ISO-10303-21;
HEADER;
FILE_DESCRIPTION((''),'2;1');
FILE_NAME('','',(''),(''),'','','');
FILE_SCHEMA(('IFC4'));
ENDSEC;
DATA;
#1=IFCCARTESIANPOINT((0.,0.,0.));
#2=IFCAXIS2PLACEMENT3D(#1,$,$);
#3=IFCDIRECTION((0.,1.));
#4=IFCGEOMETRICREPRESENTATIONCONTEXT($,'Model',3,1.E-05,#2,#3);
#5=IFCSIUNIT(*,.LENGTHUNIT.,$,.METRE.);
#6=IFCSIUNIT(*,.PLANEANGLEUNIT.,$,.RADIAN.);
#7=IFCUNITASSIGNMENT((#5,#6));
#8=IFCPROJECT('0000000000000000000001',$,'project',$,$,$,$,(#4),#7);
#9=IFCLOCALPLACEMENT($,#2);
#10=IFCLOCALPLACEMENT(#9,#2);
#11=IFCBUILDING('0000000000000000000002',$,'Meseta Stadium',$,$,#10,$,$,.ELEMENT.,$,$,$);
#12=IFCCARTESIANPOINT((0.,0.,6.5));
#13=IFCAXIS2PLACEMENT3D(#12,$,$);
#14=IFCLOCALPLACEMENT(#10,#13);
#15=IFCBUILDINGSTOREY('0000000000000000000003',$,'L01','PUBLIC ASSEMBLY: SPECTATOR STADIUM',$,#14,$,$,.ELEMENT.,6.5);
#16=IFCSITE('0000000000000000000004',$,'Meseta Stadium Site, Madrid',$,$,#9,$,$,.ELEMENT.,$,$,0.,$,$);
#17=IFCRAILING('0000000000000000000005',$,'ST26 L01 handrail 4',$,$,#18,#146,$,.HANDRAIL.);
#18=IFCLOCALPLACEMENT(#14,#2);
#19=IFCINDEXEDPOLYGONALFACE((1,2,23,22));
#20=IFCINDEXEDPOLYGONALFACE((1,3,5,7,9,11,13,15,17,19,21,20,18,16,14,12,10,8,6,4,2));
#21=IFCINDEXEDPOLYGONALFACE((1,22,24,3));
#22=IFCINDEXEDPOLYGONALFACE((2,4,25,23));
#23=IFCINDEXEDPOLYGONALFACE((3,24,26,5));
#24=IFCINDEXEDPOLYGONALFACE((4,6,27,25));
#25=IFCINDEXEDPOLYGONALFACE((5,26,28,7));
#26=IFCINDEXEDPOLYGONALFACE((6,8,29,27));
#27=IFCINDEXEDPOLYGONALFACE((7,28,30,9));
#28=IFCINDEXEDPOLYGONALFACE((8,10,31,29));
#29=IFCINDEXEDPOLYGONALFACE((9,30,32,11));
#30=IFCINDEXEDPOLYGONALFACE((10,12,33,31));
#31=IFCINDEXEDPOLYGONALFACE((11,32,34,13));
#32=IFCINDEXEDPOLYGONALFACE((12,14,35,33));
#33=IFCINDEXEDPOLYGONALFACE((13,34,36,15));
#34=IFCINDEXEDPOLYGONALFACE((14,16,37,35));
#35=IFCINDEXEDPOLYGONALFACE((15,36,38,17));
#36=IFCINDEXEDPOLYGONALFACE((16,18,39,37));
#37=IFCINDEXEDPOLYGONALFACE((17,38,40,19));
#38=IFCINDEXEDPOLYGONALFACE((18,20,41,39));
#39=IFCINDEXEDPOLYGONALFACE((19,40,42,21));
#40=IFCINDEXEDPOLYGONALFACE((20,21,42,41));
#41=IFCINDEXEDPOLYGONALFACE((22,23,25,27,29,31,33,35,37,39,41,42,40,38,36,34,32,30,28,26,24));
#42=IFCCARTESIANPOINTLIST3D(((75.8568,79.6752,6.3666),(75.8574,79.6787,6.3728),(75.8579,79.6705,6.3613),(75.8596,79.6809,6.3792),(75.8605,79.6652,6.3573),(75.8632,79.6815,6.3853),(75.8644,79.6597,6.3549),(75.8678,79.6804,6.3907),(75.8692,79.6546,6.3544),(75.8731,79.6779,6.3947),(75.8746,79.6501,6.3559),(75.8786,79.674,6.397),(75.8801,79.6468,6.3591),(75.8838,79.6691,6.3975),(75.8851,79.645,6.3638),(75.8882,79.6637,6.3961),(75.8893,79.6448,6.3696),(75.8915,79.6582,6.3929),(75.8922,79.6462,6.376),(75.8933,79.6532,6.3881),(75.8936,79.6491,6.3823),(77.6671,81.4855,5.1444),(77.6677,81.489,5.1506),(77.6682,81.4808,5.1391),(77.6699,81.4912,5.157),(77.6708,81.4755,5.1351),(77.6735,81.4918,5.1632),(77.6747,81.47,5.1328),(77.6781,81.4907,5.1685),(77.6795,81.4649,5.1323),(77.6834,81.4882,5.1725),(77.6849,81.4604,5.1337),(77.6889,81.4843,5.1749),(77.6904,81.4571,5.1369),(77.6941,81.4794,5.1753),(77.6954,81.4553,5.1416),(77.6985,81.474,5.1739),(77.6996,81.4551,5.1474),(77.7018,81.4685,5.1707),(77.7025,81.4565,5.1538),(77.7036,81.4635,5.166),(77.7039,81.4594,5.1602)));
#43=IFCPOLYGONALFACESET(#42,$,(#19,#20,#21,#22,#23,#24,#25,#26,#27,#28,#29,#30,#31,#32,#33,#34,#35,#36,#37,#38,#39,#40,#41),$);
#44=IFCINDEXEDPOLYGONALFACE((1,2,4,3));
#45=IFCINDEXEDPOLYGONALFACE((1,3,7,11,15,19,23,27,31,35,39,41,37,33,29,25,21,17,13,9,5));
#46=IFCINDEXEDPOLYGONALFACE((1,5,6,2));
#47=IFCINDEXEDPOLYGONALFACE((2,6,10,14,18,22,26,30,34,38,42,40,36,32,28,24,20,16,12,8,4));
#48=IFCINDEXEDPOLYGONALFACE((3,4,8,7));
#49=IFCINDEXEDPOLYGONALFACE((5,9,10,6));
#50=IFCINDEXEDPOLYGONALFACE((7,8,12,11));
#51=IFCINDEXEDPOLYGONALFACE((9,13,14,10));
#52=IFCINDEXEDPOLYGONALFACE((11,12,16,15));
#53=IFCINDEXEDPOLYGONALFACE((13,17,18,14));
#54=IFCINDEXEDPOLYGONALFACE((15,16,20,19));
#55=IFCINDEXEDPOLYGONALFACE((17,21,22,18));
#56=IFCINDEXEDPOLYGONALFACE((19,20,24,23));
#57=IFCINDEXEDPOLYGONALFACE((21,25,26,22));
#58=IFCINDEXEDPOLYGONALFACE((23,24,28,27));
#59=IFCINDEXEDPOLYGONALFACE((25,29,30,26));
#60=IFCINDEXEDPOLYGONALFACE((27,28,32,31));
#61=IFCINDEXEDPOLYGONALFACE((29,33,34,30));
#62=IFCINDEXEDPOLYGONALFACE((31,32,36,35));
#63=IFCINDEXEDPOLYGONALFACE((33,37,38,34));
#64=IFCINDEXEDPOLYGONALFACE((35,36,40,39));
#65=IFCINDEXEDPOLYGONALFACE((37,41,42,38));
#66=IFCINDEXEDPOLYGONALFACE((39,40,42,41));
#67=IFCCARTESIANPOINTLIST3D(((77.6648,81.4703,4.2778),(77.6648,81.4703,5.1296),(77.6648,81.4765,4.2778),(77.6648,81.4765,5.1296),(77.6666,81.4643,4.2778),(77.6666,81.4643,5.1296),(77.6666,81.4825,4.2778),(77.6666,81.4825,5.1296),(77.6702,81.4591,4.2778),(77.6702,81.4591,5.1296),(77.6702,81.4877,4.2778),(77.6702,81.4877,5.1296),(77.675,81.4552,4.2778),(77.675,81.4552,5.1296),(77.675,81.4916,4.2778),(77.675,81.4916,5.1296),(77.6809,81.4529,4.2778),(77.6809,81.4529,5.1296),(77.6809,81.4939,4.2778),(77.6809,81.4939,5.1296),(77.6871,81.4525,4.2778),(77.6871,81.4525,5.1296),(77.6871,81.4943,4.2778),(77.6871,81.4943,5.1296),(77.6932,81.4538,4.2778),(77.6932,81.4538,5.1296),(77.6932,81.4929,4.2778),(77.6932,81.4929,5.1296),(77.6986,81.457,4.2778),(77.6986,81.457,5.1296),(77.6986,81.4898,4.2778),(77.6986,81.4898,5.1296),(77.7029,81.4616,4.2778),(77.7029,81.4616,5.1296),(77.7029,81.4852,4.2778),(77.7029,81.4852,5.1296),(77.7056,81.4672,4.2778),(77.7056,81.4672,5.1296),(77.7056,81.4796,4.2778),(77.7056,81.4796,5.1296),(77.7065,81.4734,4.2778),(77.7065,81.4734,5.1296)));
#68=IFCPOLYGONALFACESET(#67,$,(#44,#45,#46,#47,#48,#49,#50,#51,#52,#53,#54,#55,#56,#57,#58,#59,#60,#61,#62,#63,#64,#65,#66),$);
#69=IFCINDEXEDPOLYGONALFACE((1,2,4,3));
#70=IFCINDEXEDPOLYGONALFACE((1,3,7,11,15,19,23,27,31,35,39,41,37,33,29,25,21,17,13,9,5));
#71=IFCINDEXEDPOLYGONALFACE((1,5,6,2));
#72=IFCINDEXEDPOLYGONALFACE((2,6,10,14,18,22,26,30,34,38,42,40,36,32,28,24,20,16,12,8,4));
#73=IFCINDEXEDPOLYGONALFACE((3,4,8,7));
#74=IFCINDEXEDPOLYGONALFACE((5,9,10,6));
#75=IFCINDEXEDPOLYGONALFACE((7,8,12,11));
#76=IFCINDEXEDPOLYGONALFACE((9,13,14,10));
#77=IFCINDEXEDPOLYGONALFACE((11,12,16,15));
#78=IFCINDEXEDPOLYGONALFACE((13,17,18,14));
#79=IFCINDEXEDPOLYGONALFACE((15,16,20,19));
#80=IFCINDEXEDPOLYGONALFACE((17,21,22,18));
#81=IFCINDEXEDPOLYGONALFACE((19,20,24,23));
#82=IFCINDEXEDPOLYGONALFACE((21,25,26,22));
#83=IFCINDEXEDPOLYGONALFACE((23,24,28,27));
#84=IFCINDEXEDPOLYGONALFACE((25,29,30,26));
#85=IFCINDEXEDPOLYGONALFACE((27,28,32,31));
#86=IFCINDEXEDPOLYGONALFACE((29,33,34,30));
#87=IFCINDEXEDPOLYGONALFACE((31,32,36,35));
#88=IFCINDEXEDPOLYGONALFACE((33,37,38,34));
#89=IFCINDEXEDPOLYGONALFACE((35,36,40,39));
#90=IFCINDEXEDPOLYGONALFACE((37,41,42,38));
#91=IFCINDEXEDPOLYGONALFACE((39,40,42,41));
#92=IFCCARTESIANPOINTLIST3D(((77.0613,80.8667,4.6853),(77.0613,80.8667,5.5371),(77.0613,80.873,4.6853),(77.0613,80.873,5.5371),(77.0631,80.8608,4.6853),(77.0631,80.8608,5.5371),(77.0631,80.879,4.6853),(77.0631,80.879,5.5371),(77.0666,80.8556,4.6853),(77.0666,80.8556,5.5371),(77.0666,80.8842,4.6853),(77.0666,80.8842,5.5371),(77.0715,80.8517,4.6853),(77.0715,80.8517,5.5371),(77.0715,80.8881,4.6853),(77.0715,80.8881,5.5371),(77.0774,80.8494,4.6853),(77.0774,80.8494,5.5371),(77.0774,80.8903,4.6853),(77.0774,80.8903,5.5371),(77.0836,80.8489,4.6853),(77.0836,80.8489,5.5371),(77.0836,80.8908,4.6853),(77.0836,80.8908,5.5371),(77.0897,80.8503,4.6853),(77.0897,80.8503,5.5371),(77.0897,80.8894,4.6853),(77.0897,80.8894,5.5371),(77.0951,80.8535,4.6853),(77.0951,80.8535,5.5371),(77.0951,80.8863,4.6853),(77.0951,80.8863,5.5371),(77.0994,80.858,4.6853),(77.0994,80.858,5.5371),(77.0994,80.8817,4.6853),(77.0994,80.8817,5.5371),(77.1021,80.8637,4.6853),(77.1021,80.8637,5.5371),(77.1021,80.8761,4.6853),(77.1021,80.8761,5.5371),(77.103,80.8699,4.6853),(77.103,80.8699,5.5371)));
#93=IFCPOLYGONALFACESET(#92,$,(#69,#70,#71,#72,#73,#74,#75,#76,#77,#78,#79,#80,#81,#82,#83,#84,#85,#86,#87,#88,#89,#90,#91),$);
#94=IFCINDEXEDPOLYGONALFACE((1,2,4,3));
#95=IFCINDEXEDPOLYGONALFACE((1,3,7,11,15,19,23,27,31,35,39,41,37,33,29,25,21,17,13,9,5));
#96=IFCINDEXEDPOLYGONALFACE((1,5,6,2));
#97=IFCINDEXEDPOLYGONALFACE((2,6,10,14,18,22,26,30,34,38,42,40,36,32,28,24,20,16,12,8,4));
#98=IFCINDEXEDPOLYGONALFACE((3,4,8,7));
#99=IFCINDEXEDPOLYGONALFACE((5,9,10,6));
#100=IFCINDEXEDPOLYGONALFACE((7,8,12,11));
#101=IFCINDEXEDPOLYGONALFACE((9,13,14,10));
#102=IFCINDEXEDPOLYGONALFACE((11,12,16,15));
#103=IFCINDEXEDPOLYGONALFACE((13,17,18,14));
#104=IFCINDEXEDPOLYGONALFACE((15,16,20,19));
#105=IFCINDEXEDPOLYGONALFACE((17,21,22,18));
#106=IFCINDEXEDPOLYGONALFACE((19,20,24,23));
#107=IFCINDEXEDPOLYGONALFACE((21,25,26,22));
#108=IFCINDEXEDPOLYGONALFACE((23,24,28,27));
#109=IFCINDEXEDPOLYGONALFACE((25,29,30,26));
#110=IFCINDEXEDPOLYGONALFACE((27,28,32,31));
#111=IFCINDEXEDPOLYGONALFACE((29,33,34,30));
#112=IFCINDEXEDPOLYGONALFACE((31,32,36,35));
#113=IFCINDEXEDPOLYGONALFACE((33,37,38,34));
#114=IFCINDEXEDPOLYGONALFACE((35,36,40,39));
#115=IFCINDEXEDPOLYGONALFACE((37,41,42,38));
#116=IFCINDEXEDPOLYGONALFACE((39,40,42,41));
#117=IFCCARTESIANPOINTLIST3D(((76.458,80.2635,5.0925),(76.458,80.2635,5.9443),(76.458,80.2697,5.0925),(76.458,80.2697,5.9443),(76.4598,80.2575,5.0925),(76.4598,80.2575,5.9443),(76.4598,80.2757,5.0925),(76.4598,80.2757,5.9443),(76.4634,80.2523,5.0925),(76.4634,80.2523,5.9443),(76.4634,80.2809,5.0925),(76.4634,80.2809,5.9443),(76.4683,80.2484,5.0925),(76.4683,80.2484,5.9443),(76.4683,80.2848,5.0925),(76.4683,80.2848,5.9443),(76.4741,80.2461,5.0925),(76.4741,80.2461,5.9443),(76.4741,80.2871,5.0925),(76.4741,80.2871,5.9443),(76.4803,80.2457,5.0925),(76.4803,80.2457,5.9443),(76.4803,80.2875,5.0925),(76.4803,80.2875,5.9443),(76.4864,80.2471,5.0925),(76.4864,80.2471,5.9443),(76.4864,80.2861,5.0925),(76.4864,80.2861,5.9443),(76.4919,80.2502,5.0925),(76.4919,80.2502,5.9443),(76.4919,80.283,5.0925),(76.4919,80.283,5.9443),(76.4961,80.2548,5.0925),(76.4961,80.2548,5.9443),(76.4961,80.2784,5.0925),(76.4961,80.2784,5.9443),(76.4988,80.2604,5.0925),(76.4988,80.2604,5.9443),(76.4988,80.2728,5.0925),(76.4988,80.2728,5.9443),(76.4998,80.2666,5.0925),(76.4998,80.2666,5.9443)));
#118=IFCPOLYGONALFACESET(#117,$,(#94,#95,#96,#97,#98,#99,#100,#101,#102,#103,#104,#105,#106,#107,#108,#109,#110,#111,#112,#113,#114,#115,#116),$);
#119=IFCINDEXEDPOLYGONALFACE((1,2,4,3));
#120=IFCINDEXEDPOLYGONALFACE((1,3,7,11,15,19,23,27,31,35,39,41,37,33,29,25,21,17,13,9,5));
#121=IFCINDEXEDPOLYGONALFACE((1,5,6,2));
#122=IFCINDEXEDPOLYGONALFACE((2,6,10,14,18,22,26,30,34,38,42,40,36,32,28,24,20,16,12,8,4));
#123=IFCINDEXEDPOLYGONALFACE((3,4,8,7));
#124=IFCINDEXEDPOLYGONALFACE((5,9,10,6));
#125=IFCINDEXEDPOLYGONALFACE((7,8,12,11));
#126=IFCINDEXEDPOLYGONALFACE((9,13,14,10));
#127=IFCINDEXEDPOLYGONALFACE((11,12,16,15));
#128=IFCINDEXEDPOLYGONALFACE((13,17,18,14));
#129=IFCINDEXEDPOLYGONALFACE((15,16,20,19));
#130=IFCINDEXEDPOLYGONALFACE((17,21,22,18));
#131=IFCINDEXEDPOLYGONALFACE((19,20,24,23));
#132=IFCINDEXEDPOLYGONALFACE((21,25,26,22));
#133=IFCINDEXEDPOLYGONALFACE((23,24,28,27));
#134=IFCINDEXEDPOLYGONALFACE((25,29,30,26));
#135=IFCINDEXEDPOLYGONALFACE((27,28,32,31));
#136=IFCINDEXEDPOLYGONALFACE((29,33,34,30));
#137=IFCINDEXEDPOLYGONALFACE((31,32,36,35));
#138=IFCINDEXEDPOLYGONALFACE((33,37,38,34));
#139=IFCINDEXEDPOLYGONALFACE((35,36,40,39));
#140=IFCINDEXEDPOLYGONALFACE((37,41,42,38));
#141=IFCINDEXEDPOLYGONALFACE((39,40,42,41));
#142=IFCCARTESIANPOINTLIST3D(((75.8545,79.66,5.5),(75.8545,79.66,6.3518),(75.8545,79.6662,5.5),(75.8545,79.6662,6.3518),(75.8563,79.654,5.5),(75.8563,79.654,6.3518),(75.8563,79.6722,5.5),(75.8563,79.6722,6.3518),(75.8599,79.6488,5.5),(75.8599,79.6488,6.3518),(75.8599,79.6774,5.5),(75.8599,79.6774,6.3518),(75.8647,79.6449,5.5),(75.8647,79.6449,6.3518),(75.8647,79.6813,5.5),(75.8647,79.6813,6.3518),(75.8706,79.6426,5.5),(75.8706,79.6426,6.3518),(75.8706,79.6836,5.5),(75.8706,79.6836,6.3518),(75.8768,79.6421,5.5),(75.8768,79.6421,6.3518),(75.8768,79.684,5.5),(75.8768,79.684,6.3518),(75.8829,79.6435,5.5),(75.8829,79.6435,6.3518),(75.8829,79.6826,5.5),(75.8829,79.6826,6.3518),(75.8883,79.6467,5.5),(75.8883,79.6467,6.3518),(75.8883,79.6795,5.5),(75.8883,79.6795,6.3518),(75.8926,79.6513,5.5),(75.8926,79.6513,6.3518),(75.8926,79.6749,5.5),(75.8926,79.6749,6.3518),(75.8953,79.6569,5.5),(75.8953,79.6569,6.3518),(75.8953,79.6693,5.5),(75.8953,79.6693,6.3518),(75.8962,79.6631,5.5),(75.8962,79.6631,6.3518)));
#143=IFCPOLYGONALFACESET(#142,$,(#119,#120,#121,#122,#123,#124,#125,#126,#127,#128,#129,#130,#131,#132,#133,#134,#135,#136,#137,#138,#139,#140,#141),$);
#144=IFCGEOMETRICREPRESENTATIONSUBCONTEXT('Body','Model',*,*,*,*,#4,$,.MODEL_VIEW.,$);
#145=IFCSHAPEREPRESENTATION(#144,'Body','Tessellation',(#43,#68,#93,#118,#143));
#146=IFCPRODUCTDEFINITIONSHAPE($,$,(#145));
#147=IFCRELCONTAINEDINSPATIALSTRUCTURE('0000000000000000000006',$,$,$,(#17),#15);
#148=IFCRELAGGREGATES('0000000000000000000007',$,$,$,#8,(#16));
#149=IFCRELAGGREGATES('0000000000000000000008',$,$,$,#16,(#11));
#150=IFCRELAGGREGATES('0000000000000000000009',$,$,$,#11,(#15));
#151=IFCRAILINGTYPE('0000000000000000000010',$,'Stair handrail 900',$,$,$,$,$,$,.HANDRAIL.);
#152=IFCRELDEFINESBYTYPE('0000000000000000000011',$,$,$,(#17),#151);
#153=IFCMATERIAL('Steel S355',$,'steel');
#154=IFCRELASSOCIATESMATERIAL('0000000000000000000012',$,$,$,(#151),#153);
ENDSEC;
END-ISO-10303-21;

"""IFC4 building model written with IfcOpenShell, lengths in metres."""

from ifc_helpers import new_model, si_unit, direction, frame, origin, origin_2d, place, context, subcontext, project, spatial, circle, extrude, material, type_object, element, save


model = new_model("IFC4")

# Units and contexts
model_context = context("Model", 3, precision=1e-05, world=origin(), true_north=direction((0.0, 1.0)))
body_context = subcontext(model_context, "Body", "Model", "MODEL_VIEW")
ifc_project = project(units=[si_unit("LENGTHUNIT", "METRE"), si_unit("PLANEANGLEUNIT", "RADIAN")], contexts=[model_context])

# Site, building, storey
site_placement = place(None, origin())
site = spatial("IfcSite", under=ifc_project, at=site_placement, Name="Meseta Stadium Site, Madrid", CompositionType="ELEMENT", RefElevation=0.0)
building_placement = place(site_placement, origin())
building = spatial("IfcBuilding", under=site, at=building_placement, Name="Meseta Stadium", CompositionType="ELEMENT")
storey_placement = place(building_placement, frame((0.0, 0.0, 6.5)))
storey = spatial("IfcBuildingStorey", under=building, at=storey_placement, Name="L01", Description="PUBLIC ASSEMBLY: SPECTATOR STADIUM", CompositionType="ELEMENT", Elevation=6.5)

# Railing
ifc_material_1 = material(Name="Steel S355", Category="steel")
railing_type_1 = type_object("IfcRailingType", Name="Stair handrail 900", PredefinedType="HANDRAIL", material=ifc_material_1)
railing_1_placement = place(storey_placement, frame((77.6855, 81.4734, 4.2778)))
element("IfcRailing", 1, at=railing_1_placement, inside=storey, type_object=railing_type_1, Name="ST26 L01 handrail 4", PredefinedType="HANDRAIL", context=body_context, shape_type="SweptSolid", body=[
    extrude(circle(Radius=0.0239, at=origin_2d()), frame((0.0, 0.0, 0.876), z_axis=(-0.638124, -0.638124, 0.430809), x_axis=(0.707107, -0.707107, 0.0)), (0.0, 0.0, 1.0), 2.8369),
    extrude(circle(Radius=0.021, at=origin_2d()), origin(), (0.0, 0.0, 1.0), 0.8518),
    extrude(circle(Radius=0.021, at=origin_2d()), frame((-0.6035, -0.6035, 0.4075)), (0.0, 0.0, 1.0), 0.8518),
    extrude(circle(Radius=0.021, at=origin_2d()), frame((-1.2068, -1.2068, 0.8147)), (0.0, 0.0, 1.0), 0.8518),
    extrude(circle(Radius=0.021, at=origin_2d()), frame((-1.8103, -1.8103, 1.2222)), (0.0, 0.0, 1.0), 0.8518),
])

save(model, "model.ifc")
